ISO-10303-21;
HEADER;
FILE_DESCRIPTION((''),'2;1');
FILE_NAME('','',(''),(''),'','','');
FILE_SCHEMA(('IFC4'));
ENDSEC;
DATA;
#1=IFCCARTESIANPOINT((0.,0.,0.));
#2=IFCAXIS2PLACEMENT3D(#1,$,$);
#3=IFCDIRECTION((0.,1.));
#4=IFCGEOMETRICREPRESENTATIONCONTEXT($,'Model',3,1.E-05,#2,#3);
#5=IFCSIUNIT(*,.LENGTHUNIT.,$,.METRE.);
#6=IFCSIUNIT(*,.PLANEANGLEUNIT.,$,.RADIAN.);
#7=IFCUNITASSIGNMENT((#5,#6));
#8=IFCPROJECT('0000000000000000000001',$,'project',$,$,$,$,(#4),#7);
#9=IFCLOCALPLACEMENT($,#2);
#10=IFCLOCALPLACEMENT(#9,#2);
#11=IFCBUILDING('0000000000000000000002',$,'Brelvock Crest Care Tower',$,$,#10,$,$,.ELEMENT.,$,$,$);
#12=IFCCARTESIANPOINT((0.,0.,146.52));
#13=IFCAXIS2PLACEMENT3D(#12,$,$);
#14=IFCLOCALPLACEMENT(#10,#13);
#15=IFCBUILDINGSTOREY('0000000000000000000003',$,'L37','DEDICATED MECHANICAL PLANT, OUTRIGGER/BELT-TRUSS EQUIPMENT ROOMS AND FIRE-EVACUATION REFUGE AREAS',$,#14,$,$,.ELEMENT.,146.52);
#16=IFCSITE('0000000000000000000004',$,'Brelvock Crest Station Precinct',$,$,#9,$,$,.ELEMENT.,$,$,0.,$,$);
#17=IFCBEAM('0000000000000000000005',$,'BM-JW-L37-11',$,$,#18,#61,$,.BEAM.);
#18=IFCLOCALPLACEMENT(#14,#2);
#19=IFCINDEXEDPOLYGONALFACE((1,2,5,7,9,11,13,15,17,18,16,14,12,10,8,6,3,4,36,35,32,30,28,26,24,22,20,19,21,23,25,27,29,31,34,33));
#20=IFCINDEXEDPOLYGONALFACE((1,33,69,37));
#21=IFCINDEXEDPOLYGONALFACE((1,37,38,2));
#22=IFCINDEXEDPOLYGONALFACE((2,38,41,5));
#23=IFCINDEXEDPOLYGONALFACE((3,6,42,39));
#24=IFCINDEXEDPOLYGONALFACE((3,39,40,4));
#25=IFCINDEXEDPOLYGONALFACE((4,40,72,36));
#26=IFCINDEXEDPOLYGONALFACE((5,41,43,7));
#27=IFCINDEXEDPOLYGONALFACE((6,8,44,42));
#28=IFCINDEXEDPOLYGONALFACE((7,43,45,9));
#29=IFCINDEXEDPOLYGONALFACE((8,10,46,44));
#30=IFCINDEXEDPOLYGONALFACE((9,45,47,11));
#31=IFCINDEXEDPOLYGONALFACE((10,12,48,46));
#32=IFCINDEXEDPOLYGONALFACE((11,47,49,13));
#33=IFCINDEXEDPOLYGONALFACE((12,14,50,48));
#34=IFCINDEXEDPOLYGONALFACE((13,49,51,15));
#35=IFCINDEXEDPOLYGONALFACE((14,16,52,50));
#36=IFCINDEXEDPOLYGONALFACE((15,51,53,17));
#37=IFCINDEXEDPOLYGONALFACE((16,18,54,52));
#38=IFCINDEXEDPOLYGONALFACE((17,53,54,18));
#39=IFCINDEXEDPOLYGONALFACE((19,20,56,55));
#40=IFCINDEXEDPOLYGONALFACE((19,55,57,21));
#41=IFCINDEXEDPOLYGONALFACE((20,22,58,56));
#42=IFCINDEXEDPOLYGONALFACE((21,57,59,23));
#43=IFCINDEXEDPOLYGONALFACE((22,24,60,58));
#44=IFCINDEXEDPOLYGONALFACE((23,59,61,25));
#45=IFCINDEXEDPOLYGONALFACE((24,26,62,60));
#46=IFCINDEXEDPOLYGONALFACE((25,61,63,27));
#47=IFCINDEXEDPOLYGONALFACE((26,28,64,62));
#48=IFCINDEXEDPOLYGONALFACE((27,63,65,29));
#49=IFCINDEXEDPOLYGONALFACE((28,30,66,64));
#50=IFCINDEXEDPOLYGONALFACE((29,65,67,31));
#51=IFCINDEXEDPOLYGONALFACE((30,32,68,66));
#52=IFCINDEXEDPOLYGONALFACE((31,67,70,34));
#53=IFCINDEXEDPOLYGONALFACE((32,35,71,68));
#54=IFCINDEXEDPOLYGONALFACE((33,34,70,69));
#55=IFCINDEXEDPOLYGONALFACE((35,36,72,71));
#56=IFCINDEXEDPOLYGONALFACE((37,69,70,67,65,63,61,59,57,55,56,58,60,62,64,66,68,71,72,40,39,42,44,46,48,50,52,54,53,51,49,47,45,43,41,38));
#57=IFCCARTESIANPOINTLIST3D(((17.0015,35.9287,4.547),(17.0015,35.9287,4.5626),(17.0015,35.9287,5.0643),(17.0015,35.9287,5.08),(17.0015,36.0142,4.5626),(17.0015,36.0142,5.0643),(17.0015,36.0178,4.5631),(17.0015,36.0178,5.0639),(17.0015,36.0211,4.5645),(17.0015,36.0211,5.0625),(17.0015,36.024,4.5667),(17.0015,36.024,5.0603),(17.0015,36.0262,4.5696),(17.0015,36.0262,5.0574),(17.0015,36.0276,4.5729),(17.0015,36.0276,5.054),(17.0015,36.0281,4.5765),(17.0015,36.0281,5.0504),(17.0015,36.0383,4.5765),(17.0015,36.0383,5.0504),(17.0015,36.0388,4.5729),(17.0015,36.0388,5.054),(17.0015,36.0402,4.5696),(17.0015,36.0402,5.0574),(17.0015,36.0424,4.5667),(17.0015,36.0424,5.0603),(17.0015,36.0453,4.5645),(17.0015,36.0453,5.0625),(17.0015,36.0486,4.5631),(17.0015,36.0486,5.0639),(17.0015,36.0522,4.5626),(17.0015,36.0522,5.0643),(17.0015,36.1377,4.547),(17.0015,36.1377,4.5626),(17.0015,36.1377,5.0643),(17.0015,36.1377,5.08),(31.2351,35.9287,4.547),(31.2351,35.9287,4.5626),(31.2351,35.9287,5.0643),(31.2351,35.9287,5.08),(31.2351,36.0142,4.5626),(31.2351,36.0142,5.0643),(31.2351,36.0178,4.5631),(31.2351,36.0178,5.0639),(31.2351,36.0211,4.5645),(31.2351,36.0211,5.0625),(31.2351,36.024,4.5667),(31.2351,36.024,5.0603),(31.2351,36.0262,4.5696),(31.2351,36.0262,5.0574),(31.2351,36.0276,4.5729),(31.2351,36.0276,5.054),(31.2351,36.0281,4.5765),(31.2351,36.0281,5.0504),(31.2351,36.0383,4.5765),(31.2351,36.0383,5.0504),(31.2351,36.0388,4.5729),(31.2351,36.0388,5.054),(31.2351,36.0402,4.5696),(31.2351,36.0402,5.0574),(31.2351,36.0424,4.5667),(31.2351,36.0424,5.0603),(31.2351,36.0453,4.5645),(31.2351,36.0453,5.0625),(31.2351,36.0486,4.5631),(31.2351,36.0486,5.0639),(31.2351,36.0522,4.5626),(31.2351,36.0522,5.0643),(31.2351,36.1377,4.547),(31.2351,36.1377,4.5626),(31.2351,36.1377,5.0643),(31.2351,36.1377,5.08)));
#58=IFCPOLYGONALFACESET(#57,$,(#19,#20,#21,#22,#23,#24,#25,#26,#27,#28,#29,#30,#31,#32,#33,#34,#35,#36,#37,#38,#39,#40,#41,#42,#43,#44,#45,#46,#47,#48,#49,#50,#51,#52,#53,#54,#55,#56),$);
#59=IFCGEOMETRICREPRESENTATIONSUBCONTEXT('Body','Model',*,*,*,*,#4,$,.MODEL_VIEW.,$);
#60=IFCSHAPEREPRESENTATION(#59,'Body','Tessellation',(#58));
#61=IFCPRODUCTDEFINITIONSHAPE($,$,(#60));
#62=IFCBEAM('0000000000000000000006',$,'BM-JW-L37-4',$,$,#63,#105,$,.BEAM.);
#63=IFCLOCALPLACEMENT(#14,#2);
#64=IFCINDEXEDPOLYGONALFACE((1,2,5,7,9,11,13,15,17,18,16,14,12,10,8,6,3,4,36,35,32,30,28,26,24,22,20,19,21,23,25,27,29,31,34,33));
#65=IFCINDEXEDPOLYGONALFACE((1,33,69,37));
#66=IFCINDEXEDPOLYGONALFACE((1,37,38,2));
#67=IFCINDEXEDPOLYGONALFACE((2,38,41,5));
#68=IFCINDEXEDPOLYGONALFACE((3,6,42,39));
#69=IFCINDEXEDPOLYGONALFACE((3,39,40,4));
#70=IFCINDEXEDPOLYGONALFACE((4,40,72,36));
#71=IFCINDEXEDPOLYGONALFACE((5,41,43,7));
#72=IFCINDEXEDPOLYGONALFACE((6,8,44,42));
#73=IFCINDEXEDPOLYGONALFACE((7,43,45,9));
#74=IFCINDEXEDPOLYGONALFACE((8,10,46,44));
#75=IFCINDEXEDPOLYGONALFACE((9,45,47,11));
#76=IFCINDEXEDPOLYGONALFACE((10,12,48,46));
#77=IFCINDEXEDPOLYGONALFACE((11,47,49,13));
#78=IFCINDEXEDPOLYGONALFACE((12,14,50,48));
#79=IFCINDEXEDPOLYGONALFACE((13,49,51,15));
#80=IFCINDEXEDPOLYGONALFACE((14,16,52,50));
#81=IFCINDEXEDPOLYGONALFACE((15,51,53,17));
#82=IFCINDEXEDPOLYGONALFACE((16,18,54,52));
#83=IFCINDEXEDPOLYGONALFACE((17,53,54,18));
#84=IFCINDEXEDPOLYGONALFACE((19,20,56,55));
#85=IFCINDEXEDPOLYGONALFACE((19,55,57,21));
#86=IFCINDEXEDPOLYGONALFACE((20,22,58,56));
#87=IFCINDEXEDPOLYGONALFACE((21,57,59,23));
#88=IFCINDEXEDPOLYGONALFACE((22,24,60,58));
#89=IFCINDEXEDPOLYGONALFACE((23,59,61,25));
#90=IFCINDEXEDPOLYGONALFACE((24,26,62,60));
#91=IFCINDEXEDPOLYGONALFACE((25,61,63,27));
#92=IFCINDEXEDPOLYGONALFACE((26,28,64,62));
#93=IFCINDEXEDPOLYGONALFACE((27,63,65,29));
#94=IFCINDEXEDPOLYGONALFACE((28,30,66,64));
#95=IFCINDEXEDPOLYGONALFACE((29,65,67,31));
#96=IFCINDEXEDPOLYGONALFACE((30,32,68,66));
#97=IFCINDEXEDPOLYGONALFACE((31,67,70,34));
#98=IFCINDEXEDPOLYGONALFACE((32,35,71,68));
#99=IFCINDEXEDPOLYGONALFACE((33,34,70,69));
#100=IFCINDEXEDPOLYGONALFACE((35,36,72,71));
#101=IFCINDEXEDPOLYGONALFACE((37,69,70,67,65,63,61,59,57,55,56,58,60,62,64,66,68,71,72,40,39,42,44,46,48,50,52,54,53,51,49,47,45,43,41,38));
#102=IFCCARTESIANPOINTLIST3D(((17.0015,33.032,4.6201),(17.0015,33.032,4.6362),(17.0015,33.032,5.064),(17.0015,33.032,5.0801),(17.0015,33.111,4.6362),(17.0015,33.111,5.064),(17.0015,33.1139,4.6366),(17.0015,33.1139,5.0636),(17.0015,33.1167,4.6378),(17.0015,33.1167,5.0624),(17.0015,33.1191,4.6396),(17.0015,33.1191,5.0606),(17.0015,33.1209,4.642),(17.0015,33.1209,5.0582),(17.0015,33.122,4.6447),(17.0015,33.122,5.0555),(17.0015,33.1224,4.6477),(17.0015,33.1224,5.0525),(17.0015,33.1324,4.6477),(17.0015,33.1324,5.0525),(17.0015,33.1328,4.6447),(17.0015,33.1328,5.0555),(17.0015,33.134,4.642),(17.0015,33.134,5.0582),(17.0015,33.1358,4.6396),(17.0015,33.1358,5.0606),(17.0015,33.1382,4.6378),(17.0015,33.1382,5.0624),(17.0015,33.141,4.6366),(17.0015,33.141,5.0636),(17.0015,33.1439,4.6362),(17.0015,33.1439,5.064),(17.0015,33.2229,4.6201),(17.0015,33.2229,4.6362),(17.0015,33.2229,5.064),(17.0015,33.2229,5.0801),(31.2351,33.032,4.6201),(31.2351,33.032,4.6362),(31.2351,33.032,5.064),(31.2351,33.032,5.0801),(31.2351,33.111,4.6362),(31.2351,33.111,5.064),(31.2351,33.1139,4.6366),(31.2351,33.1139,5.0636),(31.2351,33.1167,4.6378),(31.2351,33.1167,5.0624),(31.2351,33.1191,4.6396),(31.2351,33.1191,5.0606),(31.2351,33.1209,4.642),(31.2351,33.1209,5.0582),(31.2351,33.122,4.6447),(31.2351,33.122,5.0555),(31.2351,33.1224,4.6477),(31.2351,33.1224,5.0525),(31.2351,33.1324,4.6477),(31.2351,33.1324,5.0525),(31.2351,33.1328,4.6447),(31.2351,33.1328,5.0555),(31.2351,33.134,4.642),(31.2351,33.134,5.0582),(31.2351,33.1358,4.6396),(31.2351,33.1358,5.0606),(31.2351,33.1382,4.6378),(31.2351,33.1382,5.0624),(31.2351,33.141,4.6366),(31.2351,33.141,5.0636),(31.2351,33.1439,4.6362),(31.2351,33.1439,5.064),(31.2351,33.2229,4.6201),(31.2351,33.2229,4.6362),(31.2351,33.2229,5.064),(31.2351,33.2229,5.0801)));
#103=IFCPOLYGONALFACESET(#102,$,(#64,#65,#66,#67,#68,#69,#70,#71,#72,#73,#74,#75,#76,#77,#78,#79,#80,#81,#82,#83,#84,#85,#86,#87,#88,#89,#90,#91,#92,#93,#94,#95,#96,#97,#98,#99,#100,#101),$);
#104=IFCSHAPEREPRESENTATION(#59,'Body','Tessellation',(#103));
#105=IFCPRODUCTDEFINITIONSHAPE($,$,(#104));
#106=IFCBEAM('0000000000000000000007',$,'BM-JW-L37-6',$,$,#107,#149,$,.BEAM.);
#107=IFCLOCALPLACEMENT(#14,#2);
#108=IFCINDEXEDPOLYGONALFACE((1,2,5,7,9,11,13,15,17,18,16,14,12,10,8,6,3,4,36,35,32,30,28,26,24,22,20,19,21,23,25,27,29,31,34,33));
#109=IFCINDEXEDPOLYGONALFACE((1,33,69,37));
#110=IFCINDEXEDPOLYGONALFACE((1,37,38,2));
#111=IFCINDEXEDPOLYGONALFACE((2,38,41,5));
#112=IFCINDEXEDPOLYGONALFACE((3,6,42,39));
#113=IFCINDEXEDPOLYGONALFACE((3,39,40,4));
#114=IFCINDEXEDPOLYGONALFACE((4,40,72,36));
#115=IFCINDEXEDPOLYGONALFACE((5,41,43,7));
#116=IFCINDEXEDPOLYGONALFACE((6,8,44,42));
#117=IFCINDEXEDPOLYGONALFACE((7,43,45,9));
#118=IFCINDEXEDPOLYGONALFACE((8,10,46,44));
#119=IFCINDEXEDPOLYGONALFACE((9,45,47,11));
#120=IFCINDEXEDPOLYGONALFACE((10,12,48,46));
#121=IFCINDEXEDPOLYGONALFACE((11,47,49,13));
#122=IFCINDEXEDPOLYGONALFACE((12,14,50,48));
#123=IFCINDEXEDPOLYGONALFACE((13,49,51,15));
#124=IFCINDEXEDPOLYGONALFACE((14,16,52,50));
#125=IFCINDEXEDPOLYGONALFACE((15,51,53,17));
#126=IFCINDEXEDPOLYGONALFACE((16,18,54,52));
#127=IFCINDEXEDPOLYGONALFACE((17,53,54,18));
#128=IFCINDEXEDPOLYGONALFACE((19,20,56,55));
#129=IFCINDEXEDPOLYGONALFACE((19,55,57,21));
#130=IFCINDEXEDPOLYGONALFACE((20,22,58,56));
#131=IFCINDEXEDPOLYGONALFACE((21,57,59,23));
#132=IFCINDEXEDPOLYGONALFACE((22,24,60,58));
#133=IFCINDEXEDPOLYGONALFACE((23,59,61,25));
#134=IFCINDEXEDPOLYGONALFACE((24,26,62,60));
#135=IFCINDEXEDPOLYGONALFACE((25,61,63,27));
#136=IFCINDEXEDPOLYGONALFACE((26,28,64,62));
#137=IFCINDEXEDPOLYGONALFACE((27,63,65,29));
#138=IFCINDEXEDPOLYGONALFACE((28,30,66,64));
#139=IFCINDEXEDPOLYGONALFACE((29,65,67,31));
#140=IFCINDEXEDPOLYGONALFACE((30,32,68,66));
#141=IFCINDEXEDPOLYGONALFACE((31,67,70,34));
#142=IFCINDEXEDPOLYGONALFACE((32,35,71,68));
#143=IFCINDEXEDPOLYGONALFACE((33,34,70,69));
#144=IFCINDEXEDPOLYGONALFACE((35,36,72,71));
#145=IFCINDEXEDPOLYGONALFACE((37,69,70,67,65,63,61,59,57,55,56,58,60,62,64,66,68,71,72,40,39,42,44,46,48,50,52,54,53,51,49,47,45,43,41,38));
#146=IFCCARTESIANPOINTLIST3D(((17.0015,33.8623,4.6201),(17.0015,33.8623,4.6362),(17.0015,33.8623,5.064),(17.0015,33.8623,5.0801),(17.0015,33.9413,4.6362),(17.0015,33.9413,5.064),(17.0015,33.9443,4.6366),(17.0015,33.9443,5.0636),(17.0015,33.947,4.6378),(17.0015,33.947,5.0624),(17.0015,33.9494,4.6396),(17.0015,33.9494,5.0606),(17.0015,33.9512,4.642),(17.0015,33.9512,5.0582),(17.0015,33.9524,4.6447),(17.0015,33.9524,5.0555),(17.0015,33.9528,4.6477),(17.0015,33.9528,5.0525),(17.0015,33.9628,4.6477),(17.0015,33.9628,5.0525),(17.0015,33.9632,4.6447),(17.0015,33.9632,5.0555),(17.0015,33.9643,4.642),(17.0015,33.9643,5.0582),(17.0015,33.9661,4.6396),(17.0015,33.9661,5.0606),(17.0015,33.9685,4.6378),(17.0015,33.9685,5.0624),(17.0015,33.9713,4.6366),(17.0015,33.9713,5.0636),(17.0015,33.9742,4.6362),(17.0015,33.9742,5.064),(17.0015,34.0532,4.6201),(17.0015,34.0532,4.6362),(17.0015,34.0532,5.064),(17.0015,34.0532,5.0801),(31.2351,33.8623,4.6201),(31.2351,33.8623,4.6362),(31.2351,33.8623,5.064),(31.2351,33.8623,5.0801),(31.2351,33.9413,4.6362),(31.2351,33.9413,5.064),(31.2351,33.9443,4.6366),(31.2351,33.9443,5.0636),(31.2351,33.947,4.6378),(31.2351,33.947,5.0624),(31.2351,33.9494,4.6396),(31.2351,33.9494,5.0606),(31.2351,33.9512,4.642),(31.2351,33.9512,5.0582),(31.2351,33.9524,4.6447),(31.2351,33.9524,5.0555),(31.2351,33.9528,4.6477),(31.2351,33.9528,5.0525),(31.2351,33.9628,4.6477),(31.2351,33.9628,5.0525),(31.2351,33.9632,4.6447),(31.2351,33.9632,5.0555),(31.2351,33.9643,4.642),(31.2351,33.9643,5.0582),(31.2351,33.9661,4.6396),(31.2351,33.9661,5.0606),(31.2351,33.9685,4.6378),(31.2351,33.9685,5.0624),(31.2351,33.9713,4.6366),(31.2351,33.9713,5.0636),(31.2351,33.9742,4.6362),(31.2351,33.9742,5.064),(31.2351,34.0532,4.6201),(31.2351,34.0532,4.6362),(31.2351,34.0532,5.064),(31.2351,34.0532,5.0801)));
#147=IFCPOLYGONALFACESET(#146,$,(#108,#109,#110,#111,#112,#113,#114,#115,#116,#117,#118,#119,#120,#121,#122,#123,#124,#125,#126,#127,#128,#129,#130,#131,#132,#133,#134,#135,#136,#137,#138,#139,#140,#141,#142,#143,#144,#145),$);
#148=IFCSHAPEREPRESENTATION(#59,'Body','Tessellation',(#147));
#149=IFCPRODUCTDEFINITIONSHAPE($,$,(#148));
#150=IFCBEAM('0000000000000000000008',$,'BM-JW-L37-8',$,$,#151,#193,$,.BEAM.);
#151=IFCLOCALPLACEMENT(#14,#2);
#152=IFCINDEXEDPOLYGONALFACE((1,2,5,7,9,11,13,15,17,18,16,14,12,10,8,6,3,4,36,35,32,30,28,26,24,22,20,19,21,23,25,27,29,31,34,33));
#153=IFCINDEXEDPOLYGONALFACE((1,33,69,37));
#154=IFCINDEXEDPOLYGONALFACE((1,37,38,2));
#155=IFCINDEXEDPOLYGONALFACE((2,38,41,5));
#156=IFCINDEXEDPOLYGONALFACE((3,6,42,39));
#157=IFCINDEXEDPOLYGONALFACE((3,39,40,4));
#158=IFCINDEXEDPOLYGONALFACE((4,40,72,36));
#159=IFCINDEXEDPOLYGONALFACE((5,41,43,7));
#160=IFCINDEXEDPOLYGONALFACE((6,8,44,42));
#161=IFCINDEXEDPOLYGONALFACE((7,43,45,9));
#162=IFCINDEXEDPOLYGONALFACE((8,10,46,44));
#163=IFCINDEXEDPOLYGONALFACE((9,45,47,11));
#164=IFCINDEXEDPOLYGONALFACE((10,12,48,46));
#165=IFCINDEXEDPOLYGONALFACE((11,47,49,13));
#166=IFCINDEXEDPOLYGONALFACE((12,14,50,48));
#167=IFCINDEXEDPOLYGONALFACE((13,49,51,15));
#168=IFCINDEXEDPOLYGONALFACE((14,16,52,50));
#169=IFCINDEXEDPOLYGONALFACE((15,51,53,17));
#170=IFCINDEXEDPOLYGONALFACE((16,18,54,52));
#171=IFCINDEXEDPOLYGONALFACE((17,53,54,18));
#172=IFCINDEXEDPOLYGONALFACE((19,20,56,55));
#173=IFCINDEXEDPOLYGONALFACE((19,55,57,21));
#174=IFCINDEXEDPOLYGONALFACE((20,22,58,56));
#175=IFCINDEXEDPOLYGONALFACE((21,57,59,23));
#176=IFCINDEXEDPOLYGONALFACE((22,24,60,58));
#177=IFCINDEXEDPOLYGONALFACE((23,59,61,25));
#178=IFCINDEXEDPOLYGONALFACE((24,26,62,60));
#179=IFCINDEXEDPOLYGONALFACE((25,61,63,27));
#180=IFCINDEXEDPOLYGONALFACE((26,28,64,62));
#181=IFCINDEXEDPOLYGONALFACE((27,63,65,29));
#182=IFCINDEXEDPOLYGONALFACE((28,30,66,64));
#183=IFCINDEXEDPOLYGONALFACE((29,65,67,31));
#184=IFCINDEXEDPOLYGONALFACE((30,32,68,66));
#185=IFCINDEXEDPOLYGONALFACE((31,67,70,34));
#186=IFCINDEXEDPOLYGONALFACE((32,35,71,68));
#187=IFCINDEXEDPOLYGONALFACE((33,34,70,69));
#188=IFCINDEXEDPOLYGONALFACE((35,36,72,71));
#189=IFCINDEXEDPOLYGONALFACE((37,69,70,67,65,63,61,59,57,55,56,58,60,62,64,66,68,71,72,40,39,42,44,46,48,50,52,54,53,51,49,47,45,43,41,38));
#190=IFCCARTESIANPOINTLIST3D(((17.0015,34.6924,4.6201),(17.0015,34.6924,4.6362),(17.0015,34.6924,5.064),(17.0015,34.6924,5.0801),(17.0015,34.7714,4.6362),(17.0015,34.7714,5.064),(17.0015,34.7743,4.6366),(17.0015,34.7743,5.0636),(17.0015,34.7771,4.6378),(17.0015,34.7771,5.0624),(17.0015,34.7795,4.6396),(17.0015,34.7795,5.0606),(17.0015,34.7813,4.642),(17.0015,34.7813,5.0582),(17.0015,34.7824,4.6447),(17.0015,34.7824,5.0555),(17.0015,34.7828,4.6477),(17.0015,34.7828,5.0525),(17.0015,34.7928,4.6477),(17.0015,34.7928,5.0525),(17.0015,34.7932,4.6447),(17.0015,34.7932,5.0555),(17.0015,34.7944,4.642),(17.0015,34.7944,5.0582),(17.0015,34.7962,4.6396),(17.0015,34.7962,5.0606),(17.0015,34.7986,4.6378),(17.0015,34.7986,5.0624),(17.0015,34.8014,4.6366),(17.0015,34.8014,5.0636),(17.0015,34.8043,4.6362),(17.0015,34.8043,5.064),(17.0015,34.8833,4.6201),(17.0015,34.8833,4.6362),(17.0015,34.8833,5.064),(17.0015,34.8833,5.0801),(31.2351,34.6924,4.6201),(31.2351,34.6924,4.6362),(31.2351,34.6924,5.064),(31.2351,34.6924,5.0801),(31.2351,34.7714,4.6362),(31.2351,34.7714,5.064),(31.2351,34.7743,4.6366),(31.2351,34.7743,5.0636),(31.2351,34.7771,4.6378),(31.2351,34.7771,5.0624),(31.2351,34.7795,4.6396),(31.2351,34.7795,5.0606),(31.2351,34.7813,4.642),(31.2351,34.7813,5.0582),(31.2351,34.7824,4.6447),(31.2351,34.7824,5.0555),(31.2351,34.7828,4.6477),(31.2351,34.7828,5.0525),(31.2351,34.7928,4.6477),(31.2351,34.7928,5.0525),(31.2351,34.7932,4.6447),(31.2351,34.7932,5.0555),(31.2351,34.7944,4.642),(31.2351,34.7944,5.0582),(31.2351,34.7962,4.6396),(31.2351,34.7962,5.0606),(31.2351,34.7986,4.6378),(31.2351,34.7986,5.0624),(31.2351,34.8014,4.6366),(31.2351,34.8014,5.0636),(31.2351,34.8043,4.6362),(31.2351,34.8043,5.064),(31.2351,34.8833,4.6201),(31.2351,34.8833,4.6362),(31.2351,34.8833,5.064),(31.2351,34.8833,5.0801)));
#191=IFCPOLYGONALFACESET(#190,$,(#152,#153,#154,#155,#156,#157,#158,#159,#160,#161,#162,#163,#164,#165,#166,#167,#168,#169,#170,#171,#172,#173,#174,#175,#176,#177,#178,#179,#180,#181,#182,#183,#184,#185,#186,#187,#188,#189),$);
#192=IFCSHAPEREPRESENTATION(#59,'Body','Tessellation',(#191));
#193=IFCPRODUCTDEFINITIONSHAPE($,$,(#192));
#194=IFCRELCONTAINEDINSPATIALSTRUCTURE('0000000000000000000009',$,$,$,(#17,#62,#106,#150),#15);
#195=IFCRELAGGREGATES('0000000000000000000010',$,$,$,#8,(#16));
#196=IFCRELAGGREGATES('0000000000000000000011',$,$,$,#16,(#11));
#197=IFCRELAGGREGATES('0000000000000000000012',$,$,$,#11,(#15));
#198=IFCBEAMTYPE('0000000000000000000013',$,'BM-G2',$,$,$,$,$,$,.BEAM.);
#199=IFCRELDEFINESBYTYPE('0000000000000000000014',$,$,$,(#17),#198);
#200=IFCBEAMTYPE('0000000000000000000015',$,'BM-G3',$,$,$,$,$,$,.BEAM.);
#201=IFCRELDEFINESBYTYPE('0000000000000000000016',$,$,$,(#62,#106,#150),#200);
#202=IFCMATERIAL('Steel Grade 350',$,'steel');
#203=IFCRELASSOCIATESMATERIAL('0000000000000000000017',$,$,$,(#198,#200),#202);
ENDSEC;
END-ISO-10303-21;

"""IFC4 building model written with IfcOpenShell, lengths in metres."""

from ifc_helpers import new_model, si_unit, direction, frame, origin, origin_2d, place, context, subcontext, project, spatial, i_section, extrude, source, transform, mapped, material, material_profile, profile_set, type_object, element, save


model = new_model("IFC4")

# Units and contexts
model_context = context("Model", 3, precision=1e-05, world=origin(), true_north=direction((0.0, 1.0)))
body_context = subcontext(model_context, "Body", "Model", "MODEL_VIEW")
ifc_project = project(units=[si_unit("LENGTHUNIT", "METRE"), si_unit("PLANEANGLEUNIT", "RADIAN")], contexts=[model_context])

# Site, building, storey
site_placement = place(None, origin())
site = spatial("IfcSite", under=ifc_project, at=site_placement, Name="Brelvock Crest Station Precinct", CompositionType="ELEMENT", RefElevation=0.0)
building_placement = place(site_placement, origin())
building = spatial("IfcBuilding", under=site, at=building_placement, Name="Brelvock Crest Care Tower", CompositionType="ELEMENT")
storey_placement = place(building_placement, frame((0.0, 0.0, 146.52)))
storey = spatial("IfcBuildingStorey", under=building, at=storey_placement, Name="L37", Description="DEDICATED MECHANICAL PLANT, OUTRIGGER/BELT-TRUSS EQUIPMENT ROOMS AND FIRE-EVACUATION REFUGE AREAS", CompositionType="ELEMENT", Elevation=146.52)

# Shared definitions
ifc_material_1 = material(Name="Steel Grade 350", Category="steel")

# Beams
ifc_material_profile_1 = material_profile(ifc_material_1, i_section(OverallWidth=0.209, OverallDepth=0.533, WebThickness=0.0103, FlangeThickness=0.0156, FilletRadius=0.0139, at=origin_2d()), Name="530UB92.4")
ifc_profile_set_1 = profile_set([ifc_material_profile_1], Name="Steel Grade 350")
beam_type_1 = type_object("IfcBeamType", Name="BM-G2", PredefinedType="BEAM", material=ifc_profile_set_1)
shared_shape_1 = source(origin(), body_context, "Body", "SweptSolid", [
    extrude(i_section(OverallWidth=0.209, OverallDepth=0.533, WebThickness=0.0103, FlangeThickness=0.0156, FilletRadius=0.0139, at=origin_2d()), origin(), (0.0, 0.0, 1.0), 14.2336),
])
for number, where, z_axis, x_axis, name in (
    (1, (17.0015, 36.0332, 4.8135), (1.0, 0.0, 0.0), (0.0, 1.0, 0.0), "BM-JW-L37-11"),
):
    element("IfcBeam", number, at=place(storey_placement, frame(where, z_axis=z_axis, x_axis=x_axis)), inside=storey, type_object=beam_type_1, Name=name, PredefinedType="BEAM", context=body_context, shape_type="MappedRepresentation", body=[
        mapped(shared_shape_1, transform((0.0, 0.0, 0.0), x_axis=(1.0, 0.0, 0.0), y_axis=(0.0, 1.0, 0.0), z_axis=(0.0, 0.0, 1.0), scale=1.0)),
    ])
ifc_material_profile_2 = material_profile(ifc_material_1, i_section(OverallWidth=0.1909, OverallDepth=0.46, WebThickness=0.01, FlangeThickness=0.0161, FilletRadius=0.0115, at=origin_2d()), Name="460UB82.1")
ifc_profile_set_2 = profile_set([ifc_material_profile_2], Name="Steel Grade 350")
beam_type_2 = type_object("IfcBeamType", Name="BM-G3", PredefinedType="BEAM", material=ifc_profile_set_2)
shared_shape_2 = source(origin(), body_context, "Body", "SweptSolid", [
    extrude(i_section(OverallWidth=0.1909, OverallDepth=0.46, WebThickness=0.01, FlangeThickness=0.0161, FilletRadius=0.0115, at=origin_2d()), origin(), (0.0, 0.0, 1.0), 14.2336),
])
for number, where, z_axis, x_axis, name in (
    (2, (17.0015, 33.1274, 4.8501), (1.0, 0.0, 0.0), (0.0, 1.0, 0.0), "BM-JW-L37-4"),
    (3, (17.0015, 33.9578, 4.8501), (1.0, 0.0, 0.0), (0.0, 1.0, 0.0), "BM-JW-L37-6"),
    (4, (17.0015, 34.7878, 4.8501), (1.0, 0.0, 0.0), (0.0, 1.0, 0.0), "BM-JW-L37-8"),
):
    element("IfcBeam", number, at=place(storey_placement, frame(where, z_axis=z_axis, x_axis=x_axis)), inside=storey, type_object=beam_type_2, Name=name, PredefinedType="BEAM", context=body_context, shape_type="MappedRepresentation", body=[
        mapped(shared_shape_2, transform((0.0, 0.0, 0.0), x_axis=(1.0, 0.0, 0.0), y_axis=(0.0, 1.0, 0.0), z_axis=(0.0, 0.0, 1.0), scale=1.0)),
    ])

save(model, "model.ifc")
